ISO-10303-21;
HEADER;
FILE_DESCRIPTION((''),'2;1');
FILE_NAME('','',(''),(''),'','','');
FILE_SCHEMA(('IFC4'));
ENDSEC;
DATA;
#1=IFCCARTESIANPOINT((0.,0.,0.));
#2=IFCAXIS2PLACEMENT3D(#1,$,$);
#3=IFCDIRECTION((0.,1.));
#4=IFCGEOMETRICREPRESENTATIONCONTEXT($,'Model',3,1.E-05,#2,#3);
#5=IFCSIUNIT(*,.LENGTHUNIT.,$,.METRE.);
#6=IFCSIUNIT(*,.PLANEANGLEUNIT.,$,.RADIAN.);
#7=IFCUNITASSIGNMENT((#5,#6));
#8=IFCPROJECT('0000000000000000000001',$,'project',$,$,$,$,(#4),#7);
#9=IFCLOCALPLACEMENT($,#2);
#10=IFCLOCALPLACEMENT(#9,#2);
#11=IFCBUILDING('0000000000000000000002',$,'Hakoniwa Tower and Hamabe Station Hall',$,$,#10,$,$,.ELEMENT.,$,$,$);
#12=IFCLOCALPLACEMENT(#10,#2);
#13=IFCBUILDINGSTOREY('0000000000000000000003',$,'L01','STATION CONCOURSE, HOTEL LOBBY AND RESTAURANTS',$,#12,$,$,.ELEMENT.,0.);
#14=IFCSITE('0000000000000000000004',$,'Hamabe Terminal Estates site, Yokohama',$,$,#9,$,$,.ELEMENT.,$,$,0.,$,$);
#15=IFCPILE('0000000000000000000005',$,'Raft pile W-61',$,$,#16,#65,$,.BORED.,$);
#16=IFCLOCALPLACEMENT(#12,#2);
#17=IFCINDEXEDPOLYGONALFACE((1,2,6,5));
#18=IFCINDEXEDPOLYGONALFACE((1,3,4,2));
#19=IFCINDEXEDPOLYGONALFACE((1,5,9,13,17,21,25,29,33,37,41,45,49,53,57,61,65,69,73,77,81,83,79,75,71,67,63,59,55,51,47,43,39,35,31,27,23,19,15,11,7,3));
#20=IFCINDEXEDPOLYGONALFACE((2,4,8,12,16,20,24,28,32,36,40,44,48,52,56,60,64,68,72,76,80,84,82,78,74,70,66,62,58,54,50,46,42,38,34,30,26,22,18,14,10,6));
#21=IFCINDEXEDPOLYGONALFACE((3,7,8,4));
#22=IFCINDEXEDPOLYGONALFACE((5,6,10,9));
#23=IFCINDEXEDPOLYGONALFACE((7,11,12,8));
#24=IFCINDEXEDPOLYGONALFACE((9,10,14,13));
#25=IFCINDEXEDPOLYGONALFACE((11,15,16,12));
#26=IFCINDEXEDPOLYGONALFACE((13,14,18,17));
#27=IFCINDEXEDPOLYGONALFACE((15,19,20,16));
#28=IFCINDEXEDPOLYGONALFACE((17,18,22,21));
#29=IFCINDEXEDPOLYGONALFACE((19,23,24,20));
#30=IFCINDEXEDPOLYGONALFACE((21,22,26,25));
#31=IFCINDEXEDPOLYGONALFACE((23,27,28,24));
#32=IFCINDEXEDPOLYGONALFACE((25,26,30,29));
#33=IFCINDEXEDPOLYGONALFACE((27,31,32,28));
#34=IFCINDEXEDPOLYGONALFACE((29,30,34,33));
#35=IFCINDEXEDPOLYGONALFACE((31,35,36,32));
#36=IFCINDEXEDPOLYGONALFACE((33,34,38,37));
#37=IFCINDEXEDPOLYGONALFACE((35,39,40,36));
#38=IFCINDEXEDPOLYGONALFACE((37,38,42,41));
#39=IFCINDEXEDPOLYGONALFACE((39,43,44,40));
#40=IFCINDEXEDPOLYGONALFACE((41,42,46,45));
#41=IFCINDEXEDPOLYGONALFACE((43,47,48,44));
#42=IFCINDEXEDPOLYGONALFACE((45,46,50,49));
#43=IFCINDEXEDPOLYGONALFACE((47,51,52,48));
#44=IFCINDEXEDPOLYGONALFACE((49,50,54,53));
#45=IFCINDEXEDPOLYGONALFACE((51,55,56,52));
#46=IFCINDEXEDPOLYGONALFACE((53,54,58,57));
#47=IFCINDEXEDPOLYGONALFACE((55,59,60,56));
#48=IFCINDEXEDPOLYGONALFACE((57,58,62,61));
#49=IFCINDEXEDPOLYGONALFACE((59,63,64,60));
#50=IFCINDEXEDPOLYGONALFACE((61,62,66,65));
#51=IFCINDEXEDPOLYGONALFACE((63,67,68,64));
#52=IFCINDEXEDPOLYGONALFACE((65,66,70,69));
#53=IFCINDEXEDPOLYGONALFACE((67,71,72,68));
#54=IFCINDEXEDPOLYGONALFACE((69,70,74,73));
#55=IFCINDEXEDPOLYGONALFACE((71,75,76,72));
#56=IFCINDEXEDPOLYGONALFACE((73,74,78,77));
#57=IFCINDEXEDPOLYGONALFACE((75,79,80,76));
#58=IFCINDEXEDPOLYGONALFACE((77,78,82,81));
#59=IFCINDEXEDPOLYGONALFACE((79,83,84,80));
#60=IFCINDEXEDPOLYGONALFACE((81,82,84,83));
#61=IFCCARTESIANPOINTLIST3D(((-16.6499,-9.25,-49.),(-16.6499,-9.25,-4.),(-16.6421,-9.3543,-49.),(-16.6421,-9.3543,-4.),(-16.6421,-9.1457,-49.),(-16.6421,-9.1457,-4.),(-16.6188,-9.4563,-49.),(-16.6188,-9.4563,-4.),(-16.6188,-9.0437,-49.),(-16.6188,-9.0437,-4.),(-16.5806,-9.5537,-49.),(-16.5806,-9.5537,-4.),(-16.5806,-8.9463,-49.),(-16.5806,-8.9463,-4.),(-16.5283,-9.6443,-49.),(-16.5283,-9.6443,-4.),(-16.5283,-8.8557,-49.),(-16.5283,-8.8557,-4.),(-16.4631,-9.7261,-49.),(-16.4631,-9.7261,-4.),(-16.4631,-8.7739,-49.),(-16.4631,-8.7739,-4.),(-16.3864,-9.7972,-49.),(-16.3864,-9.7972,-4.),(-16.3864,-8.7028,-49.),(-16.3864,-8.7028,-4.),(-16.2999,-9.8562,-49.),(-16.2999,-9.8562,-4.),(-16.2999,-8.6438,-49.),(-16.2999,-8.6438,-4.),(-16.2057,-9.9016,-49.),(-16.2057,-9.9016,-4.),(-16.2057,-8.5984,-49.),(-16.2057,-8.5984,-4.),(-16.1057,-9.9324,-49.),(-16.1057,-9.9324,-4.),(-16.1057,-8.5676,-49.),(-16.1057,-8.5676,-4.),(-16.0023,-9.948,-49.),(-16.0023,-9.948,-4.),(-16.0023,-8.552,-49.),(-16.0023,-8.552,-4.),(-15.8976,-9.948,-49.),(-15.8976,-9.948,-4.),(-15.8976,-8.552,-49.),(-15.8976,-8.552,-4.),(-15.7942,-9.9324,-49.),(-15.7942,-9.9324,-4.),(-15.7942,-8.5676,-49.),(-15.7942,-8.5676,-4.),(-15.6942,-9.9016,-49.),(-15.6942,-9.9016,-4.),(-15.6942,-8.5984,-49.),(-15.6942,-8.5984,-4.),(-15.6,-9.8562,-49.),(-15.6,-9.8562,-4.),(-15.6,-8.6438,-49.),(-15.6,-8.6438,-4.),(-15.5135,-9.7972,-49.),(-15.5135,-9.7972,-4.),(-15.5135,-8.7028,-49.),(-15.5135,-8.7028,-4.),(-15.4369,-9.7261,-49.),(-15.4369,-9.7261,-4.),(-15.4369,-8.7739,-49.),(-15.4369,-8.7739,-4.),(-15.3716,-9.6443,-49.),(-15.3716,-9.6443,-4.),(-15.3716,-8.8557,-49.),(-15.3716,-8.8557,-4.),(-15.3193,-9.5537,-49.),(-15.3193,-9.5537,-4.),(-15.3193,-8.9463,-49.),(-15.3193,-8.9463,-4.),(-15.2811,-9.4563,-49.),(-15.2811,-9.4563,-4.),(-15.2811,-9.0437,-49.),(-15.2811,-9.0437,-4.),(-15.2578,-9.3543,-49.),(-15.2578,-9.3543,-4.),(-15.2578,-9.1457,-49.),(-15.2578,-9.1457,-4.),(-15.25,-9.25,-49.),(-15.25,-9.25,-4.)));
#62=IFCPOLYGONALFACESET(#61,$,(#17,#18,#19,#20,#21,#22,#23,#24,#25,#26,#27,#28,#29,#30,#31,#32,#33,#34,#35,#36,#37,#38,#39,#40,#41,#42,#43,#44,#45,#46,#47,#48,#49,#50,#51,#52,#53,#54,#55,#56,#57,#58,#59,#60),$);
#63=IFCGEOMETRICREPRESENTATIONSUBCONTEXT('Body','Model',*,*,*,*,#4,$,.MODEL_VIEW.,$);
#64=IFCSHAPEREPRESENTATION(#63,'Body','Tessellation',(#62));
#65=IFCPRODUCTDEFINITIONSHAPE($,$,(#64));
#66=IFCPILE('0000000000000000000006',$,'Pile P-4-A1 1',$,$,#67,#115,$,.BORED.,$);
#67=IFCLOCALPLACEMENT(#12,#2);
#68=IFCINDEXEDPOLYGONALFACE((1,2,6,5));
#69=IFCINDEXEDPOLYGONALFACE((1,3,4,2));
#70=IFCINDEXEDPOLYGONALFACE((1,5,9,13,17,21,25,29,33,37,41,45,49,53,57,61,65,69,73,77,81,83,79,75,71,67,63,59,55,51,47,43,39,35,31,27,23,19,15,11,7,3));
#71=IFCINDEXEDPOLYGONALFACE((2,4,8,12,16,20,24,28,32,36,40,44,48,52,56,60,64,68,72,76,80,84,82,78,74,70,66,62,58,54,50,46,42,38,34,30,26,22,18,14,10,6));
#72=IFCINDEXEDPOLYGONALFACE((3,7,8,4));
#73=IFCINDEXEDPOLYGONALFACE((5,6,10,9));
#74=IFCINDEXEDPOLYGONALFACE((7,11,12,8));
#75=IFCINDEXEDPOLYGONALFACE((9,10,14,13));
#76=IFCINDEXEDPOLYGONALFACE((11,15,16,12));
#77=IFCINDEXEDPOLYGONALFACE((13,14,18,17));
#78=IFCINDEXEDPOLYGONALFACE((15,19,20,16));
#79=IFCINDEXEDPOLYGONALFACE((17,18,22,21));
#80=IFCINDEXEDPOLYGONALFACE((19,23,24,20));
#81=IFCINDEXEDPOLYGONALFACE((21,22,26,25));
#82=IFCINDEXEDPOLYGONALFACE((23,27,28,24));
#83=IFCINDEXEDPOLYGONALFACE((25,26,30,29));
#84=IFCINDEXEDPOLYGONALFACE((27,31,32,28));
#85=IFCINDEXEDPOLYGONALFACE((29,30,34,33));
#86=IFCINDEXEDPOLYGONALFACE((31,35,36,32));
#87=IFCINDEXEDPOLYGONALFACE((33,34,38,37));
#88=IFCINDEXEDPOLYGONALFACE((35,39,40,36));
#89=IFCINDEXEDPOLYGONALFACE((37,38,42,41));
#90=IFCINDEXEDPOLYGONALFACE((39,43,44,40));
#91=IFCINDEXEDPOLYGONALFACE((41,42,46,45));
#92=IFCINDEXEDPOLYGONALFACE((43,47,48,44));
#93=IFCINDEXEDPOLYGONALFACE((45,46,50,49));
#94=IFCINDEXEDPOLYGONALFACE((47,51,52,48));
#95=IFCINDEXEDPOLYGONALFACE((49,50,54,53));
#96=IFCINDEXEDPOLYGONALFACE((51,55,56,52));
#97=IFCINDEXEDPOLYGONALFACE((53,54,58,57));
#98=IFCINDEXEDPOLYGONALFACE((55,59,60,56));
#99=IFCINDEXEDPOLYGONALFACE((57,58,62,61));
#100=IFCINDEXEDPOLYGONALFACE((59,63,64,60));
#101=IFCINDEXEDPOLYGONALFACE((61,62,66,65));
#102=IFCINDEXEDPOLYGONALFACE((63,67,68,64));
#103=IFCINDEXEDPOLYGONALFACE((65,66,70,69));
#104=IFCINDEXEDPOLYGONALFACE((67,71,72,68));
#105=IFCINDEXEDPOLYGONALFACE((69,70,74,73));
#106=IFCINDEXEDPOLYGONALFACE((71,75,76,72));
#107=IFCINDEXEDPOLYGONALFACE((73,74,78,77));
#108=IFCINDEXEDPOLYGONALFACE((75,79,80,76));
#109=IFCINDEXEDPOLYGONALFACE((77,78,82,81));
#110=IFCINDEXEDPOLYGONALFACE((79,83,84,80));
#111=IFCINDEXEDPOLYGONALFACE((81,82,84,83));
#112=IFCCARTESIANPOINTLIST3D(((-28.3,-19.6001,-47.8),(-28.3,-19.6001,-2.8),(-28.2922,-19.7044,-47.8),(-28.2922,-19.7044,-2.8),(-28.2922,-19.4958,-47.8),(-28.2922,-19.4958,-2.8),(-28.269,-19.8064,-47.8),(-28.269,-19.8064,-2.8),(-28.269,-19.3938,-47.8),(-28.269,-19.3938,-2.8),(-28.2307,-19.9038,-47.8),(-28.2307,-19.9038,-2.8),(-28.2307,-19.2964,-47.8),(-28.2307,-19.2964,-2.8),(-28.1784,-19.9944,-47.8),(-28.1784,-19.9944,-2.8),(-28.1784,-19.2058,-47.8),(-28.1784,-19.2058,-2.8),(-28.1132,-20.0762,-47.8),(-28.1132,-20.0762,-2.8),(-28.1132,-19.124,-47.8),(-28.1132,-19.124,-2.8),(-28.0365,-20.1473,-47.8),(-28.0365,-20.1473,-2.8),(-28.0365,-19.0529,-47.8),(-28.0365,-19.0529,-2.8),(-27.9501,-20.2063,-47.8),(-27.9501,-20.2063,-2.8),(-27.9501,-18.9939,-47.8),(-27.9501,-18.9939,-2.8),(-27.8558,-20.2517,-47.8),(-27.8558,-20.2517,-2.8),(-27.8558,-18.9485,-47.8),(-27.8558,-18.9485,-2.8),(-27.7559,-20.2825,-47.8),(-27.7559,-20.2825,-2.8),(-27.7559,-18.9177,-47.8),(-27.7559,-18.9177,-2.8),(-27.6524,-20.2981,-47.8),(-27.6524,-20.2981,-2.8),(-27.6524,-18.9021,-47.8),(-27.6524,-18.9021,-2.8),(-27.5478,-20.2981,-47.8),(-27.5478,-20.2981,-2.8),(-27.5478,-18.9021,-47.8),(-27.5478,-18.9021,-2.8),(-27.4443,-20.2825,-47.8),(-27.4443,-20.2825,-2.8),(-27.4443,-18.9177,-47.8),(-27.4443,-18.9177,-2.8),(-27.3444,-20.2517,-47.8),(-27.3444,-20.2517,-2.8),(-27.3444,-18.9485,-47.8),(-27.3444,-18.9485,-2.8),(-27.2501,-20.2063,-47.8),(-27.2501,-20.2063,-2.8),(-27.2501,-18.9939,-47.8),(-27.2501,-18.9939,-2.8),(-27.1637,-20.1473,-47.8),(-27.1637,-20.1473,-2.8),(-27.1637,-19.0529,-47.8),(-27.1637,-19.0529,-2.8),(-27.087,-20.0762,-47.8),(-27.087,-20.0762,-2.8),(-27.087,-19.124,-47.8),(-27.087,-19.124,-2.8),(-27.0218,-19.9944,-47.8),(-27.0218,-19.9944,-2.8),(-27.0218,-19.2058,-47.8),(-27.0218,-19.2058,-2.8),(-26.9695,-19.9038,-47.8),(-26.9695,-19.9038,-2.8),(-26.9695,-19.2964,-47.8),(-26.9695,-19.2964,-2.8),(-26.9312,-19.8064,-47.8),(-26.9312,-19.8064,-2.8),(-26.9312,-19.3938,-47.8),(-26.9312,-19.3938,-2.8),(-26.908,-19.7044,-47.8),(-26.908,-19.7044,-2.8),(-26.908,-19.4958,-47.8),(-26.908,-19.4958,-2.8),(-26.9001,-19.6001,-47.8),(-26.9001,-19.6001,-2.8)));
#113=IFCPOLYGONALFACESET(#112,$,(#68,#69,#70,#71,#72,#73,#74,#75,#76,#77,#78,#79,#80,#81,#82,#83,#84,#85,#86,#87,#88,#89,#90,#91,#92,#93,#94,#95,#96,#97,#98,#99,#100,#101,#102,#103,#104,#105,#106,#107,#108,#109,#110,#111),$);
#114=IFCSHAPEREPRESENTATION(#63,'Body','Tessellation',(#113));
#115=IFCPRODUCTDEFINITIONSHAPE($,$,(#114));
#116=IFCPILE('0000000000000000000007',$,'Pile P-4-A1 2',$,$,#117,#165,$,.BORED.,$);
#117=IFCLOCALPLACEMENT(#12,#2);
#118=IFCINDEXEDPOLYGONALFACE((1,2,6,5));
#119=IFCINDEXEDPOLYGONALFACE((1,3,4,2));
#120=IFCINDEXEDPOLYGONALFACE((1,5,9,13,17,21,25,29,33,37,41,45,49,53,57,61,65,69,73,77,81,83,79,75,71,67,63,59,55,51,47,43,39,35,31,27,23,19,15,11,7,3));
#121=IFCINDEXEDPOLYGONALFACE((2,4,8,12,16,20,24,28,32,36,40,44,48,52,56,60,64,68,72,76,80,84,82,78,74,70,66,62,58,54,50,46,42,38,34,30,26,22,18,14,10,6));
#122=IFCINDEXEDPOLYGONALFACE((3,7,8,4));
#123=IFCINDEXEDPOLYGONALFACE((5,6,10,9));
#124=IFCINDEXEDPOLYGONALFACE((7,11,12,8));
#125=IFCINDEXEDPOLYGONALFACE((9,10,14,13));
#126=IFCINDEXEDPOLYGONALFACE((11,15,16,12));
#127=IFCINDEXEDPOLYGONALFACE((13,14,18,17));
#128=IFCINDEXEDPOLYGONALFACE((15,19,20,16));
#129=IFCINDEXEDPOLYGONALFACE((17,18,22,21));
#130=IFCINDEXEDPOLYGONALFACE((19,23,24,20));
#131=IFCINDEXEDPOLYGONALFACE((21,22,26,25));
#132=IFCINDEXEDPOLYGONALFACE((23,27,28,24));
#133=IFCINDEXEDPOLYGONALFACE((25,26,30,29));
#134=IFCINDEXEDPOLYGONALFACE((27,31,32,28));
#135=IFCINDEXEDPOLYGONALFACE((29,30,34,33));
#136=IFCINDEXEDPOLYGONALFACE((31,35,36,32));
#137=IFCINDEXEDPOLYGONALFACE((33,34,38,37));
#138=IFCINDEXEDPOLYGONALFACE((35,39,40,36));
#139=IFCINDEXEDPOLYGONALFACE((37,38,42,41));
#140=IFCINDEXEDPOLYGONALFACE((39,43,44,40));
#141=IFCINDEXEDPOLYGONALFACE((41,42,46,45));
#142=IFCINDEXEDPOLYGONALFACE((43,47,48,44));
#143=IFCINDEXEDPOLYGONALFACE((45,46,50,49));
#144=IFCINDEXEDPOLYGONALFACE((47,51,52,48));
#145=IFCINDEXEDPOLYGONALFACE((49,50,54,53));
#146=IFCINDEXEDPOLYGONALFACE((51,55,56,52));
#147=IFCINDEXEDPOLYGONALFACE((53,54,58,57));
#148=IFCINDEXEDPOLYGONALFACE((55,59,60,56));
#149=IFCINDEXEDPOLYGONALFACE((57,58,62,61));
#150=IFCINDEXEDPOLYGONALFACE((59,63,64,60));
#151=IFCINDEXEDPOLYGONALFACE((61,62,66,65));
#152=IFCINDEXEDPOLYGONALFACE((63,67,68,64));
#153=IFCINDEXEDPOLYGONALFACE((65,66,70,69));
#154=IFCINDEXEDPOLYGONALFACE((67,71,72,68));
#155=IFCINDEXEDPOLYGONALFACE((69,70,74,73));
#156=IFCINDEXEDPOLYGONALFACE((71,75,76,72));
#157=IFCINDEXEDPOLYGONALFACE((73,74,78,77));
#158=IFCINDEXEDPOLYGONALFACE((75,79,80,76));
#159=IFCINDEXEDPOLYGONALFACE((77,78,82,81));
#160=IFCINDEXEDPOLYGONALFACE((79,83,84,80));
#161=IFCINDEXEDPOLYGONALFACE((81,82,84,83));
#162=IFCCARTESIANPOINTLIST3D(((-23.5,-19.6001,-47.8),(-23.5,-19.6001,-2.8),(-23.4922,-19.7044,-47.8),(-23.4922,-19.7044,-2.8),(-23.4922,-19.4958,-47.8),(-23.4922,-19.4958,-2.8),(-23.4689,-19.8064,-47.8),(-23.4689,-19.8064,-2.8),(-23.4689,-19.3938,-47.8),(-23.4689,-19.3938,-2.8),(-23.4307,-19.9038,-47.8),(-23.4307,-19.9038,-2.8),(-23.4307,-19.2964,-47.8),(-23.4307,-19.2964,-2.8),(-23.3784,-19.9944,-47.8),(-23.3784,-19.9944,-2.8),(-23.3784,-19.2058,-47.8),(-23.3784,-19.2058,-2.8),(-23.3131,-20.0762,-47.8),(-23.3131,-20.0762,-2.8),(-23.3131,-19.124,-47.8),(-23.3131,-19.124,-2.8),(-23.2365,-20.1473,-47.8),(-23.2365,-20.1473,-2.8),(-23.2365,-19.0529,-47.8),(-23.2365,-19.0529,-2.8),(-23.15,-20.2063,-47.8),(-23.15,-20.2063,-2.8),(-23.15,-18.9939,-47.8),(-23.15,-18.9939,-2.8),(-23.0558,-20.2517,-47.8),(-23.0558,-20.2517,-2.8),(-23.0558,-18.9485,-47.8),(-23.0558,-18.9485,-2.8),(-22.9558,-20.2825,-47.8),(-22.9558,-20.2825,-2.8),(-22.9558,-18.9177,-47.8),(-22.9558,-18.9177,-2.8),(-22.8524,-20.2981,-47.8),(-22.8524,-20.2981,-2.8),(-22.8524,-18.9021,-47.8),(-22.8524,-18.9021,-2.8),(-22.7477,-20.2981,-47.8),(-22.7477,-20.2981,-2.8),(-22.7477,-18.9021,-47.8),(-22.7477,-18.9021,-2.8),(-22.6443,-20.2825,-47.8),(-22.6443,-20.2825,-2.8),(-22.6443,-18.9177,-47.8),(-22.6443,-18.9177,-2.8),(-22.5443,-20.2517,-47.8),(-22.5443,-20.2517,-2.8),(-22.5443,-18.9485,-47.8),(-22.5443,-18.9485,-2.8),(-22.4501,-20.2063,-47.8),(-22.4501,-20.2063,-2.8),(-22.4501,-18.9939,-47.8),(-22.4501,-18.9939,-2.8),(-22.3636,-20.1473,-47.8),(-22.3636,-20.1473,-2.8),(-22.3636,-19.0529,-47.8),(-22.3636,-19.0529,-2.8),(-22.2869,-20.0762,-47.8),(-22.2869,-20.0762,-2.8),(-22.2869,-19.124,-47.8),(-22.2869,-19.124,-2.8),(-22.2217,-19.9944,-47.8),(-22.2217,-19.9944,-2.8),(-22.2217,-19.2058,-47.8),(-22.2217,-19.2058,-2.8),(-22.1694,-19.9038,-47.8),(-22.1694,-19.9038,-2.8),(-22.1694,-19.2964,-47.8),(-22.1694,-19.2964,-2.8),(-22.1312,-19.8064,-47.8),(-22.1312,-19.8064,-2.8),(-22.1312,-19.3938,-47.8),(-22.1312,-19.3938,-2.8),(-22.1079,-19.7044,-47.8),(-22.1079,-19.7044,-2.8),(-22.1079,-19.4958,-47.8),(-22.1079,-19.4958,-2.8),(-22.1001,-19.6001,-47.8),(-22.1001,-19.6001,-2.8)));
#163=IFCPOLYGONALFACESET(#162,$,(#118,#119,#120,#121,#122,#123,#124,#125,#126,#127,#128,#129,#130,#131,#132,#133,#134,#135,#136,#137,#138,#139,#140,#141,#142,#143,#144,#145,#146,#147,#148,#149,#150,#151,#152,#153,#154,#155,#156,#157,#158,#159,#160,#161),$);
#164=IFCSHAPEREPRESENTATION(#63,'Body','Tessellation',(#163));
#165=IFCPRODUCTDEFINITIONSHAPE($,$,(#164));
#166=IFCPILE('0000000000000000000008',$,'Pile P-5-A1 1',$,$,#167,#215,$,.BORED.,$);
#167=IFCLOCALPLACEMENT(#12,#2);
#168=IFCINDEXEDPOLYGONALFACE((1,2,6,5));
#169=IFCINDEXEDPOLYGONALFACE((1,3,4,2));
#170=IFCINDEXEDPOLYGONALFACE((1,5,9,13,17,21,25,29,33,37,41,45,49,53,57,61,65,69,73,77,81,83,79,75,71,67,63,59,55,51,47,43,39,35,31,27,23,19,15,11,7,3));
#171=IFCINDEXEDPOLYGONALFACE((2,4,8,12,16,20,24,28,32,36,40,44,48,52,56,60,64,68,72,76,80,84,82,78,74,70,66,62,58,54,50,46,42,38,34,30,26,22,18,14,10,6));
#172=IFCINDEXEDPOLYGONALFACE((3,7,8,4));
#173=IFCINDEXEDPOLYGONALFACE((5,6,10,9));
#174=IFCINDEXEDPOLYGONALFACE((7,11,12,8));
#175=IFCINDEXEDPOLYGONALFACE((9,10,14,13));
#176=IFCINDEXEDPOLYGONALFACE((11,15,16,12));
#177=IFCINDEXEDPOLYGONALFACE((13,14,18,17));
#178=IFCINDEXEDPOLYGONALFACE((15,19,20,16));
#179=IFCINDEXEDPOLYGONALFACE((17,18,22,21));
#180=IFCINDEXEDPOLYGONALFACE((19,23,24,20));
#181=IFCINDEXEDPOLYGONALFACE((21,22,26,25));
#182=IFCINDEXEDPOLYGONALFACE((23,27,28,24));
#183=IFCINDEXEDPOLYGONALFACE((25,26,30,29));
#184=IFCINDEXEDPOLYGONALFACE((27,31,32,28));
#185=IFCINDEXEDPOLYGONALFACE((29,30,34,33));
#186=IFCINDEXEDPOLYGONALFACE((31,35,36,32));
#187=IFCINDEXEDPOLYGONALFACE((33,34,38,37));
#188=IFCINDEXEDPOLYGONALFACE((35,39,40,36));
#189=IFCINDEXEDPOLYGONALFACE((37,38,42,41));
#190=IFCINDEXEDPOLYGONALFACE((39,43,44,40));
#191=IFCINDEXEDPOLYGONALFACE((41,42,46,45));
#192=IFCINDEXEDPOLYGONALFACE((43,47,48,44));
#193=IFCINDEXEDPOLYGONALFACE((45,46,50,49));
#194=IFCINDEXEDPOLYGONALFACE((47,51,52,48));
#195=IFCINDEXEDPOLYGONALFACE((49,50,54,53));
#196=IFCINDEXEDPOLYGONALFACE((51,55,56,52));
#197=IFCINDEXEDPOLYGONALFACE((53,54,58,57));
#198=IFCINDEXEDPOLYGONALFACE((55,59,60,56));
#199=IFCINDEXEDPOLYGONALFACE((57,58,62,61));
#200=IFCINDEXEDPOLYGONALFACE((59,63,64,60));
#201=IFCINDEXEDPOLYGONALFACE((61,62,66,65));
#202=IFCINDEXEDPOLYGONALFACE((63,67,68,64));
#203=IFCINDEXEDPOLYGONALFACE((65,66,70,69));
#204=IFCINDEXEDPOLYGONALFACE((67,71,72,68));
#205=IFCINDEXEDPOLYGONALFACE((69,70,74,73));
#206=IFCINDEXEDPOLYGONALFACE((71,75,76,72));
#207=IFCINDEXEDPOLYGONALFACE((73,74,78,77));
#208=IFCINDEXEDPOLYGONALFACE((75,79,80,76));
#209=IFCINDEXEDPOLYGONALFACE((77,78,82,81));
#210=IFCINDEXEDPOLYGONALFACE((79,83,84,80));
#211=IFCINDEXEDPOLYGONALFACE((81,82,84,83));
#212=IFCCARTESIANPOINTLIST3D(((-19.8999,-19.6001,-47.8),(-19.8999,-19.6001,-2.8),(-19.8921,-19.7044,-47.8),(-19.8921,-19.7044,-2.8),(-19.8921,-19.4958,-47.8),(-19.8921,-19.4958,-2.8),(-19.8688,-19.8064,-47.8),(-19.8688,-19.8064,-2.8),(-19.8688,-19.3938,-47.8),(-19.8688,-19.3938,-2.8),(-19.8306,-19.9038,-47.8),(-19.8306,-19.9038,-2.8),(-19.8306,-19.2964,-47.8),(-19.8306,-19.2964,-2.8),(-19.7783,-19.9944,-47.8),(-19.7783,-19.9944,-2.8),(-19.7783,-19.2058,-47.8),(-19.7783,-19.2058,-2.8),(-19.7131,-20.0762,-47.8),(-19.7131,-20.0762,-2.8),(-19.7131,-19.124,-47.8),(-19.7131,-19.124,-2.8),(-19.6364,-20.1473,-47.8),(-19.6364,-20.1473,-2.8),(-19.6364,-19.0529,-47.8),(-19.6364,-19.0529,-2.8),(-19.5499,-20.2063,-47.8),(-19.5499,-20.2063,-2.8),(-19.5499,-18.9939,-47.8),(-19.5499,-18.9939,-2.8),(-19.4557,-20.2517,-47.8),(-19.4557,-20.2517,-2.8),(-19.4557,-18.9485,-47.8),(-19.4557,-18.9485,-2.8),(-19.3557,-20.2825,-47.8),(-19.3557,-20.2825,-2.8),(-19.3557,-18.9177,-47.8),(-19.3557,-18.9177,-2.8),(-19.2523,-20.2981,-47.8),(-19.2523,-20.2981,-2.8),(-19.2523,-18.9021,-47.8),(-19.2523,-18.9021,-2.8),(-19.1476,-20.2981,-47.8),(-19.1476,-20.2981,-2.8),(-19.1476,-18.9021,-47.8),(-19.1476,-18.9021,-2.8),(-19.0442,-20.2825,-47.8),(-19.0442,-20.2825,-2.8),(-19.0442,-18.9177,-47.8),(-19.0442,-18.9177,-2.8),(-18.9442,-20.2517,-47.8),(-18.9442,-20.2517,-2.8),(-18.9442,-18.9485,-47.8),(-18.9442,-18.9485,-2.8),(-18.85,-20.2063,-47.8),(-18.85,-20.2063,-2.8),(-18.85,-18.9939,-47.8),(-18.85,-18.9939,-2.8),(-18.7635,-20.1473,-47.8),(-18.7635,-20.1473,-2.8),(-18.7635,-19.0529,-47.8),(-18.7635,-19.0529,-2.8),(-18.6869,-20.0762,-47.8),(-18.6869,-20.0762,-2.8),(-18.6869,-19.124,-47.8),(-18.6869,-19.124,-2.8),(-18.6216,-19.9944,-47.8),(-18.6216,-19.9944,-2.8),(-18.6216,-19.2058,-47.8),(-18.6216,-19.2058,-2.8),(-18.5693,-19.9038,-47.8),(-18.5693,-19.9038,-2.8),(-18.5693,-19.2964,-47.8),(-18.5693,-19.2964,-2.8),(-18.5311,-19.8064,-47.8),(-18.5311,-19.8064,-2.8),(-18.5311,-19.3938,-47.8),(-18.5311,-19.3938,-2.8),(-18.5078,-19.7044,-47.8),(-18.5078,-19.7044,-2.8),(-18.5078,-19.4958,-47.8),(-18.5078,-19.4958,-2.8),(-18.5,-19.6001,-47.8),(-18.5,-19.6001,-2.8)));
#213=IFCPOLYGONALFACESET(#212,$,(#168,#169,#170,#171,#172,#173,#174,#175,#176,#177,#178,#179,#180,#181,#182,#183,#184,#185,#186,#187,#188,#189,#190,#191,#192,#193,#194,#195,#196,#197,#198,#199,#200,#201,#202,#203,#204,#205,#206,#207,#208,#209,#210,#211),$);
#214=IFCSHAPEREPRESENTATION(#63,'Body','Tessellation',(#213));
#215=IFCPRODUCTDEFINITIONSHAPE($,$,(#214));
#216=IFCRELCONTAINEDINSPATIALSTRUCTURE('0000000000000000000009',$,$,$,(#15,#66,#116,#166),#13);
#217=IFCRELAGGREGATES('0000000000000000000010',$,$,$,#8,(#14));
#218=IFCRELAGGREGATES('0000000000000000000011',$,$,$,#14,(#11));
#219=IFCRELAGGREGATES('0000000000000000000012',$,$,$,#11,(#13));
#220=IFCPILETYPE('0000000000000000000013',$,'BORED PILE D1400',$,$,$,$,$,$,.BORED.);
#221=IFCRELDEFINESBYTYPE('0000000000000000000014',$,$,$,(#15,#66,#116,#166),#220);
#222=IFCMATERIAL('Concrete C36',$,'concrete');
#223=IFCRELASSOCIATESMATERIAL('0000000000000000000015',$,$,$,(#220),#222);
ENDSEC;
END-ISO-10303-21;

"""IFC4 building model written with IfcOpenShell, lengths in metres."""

from ifc_helpers import new_model, si_unit, direction, frame, origin, origin_2d, place, context, subcontext, project, spatial, circle, extrude, material, material_profile, profile_set, type_object, element, save


model = new_model("IFC4")

# Units and contexts
model_context = context("Model", 3, precision=1e-05, world=origin(), true_north=direction((0.0, 1.0)))
body_context = subcontext(model_context, "Body", "Model", "MODEL_VIEW")
ifc_project = project(units=[si_unit("LENGTHUNIT", "METRE"), si_unit("PLANEANGLEUNIT", "RADIAN")], contexts=[model_context])

# Site, building, storey
site_placement = place(None, origin())
site = spatial("IfcSite", under=ifc_project, at=site_placement, Name="Hamabe Terminal Estates site, Yokohama", CompositionType="ELEMENT", RefElevation=0.0)
building_placement = place(site_placement, origin())
building = spatial("IfcBuilding", under=site, at=building_placement, Name="Hakoniwa Tower and Hamabe Station Hall", CompositionType="ELEMENT")
storey_placement = place(building_placement, origin())
storey = spatial("IfcBuildingStorey", under=building, at=storey_placement, Name="L01", Description="STATION CONCOURSE, HOTEL LOBBY AND RESTAURANTS", CompositionType="ELEMENT", Elevation=0.0)

# Piles
ifc_material_1 = material(Name="Concrete C36", Category="concrete")
ifc_material_profile_1 = material_profile(ifc_material_1, circle(Radius=0.7, at=origin_2d()), Name="BORED PILE D1400")
ifc_profile_set_1 = profile_set([ifc_material_profile_1], Name="Concrete C36")
pile_type = type_object("IfcPileType", Name="BORED PILE D1400", PredefinedType="BORED", material=ifc_profile_set_1)
for number, where, z_axis, x_axis, name in (
    (1, (-15.95, -9.25, -4.0), (0.0, 0.0, -1.0), (1.0, 0.0, 0.0), "Raft pile W-61"),
    (2, (-27.6001, -19.6001, -2.8), (0.0, 0.0, -1.0), (1.0, 0.0, 0.0), "Pile P-4-A1 1"),
    (3, (-22.8, -19.6001, -2.8), (0.0, 0.0, -1.0), (1.0, 0.0, 0.0), "Pile P-4-A1 2"),
    (4, (-19.2, -19.6001, -2.8), (0.0, 0.0, -1.0), (1.0, 0.0, 0.0), "Pile P-5-A1 1"),
):
    element("IfcPile", number, at=place(storey_placement, frame(where, z_axis=z_axis, x_axis=x_axis)), inside=storey, type_object=pile_type, Name=name, PredefinedType="BORED", context=body_context, shape_type="SweptSolid", body=[
        extrude(circle(Radius=0.7, at=origin_2d()), origin(), (0.0, 0.0, 1.0), 45.0),
    ])

save(model, "model.ifc")
